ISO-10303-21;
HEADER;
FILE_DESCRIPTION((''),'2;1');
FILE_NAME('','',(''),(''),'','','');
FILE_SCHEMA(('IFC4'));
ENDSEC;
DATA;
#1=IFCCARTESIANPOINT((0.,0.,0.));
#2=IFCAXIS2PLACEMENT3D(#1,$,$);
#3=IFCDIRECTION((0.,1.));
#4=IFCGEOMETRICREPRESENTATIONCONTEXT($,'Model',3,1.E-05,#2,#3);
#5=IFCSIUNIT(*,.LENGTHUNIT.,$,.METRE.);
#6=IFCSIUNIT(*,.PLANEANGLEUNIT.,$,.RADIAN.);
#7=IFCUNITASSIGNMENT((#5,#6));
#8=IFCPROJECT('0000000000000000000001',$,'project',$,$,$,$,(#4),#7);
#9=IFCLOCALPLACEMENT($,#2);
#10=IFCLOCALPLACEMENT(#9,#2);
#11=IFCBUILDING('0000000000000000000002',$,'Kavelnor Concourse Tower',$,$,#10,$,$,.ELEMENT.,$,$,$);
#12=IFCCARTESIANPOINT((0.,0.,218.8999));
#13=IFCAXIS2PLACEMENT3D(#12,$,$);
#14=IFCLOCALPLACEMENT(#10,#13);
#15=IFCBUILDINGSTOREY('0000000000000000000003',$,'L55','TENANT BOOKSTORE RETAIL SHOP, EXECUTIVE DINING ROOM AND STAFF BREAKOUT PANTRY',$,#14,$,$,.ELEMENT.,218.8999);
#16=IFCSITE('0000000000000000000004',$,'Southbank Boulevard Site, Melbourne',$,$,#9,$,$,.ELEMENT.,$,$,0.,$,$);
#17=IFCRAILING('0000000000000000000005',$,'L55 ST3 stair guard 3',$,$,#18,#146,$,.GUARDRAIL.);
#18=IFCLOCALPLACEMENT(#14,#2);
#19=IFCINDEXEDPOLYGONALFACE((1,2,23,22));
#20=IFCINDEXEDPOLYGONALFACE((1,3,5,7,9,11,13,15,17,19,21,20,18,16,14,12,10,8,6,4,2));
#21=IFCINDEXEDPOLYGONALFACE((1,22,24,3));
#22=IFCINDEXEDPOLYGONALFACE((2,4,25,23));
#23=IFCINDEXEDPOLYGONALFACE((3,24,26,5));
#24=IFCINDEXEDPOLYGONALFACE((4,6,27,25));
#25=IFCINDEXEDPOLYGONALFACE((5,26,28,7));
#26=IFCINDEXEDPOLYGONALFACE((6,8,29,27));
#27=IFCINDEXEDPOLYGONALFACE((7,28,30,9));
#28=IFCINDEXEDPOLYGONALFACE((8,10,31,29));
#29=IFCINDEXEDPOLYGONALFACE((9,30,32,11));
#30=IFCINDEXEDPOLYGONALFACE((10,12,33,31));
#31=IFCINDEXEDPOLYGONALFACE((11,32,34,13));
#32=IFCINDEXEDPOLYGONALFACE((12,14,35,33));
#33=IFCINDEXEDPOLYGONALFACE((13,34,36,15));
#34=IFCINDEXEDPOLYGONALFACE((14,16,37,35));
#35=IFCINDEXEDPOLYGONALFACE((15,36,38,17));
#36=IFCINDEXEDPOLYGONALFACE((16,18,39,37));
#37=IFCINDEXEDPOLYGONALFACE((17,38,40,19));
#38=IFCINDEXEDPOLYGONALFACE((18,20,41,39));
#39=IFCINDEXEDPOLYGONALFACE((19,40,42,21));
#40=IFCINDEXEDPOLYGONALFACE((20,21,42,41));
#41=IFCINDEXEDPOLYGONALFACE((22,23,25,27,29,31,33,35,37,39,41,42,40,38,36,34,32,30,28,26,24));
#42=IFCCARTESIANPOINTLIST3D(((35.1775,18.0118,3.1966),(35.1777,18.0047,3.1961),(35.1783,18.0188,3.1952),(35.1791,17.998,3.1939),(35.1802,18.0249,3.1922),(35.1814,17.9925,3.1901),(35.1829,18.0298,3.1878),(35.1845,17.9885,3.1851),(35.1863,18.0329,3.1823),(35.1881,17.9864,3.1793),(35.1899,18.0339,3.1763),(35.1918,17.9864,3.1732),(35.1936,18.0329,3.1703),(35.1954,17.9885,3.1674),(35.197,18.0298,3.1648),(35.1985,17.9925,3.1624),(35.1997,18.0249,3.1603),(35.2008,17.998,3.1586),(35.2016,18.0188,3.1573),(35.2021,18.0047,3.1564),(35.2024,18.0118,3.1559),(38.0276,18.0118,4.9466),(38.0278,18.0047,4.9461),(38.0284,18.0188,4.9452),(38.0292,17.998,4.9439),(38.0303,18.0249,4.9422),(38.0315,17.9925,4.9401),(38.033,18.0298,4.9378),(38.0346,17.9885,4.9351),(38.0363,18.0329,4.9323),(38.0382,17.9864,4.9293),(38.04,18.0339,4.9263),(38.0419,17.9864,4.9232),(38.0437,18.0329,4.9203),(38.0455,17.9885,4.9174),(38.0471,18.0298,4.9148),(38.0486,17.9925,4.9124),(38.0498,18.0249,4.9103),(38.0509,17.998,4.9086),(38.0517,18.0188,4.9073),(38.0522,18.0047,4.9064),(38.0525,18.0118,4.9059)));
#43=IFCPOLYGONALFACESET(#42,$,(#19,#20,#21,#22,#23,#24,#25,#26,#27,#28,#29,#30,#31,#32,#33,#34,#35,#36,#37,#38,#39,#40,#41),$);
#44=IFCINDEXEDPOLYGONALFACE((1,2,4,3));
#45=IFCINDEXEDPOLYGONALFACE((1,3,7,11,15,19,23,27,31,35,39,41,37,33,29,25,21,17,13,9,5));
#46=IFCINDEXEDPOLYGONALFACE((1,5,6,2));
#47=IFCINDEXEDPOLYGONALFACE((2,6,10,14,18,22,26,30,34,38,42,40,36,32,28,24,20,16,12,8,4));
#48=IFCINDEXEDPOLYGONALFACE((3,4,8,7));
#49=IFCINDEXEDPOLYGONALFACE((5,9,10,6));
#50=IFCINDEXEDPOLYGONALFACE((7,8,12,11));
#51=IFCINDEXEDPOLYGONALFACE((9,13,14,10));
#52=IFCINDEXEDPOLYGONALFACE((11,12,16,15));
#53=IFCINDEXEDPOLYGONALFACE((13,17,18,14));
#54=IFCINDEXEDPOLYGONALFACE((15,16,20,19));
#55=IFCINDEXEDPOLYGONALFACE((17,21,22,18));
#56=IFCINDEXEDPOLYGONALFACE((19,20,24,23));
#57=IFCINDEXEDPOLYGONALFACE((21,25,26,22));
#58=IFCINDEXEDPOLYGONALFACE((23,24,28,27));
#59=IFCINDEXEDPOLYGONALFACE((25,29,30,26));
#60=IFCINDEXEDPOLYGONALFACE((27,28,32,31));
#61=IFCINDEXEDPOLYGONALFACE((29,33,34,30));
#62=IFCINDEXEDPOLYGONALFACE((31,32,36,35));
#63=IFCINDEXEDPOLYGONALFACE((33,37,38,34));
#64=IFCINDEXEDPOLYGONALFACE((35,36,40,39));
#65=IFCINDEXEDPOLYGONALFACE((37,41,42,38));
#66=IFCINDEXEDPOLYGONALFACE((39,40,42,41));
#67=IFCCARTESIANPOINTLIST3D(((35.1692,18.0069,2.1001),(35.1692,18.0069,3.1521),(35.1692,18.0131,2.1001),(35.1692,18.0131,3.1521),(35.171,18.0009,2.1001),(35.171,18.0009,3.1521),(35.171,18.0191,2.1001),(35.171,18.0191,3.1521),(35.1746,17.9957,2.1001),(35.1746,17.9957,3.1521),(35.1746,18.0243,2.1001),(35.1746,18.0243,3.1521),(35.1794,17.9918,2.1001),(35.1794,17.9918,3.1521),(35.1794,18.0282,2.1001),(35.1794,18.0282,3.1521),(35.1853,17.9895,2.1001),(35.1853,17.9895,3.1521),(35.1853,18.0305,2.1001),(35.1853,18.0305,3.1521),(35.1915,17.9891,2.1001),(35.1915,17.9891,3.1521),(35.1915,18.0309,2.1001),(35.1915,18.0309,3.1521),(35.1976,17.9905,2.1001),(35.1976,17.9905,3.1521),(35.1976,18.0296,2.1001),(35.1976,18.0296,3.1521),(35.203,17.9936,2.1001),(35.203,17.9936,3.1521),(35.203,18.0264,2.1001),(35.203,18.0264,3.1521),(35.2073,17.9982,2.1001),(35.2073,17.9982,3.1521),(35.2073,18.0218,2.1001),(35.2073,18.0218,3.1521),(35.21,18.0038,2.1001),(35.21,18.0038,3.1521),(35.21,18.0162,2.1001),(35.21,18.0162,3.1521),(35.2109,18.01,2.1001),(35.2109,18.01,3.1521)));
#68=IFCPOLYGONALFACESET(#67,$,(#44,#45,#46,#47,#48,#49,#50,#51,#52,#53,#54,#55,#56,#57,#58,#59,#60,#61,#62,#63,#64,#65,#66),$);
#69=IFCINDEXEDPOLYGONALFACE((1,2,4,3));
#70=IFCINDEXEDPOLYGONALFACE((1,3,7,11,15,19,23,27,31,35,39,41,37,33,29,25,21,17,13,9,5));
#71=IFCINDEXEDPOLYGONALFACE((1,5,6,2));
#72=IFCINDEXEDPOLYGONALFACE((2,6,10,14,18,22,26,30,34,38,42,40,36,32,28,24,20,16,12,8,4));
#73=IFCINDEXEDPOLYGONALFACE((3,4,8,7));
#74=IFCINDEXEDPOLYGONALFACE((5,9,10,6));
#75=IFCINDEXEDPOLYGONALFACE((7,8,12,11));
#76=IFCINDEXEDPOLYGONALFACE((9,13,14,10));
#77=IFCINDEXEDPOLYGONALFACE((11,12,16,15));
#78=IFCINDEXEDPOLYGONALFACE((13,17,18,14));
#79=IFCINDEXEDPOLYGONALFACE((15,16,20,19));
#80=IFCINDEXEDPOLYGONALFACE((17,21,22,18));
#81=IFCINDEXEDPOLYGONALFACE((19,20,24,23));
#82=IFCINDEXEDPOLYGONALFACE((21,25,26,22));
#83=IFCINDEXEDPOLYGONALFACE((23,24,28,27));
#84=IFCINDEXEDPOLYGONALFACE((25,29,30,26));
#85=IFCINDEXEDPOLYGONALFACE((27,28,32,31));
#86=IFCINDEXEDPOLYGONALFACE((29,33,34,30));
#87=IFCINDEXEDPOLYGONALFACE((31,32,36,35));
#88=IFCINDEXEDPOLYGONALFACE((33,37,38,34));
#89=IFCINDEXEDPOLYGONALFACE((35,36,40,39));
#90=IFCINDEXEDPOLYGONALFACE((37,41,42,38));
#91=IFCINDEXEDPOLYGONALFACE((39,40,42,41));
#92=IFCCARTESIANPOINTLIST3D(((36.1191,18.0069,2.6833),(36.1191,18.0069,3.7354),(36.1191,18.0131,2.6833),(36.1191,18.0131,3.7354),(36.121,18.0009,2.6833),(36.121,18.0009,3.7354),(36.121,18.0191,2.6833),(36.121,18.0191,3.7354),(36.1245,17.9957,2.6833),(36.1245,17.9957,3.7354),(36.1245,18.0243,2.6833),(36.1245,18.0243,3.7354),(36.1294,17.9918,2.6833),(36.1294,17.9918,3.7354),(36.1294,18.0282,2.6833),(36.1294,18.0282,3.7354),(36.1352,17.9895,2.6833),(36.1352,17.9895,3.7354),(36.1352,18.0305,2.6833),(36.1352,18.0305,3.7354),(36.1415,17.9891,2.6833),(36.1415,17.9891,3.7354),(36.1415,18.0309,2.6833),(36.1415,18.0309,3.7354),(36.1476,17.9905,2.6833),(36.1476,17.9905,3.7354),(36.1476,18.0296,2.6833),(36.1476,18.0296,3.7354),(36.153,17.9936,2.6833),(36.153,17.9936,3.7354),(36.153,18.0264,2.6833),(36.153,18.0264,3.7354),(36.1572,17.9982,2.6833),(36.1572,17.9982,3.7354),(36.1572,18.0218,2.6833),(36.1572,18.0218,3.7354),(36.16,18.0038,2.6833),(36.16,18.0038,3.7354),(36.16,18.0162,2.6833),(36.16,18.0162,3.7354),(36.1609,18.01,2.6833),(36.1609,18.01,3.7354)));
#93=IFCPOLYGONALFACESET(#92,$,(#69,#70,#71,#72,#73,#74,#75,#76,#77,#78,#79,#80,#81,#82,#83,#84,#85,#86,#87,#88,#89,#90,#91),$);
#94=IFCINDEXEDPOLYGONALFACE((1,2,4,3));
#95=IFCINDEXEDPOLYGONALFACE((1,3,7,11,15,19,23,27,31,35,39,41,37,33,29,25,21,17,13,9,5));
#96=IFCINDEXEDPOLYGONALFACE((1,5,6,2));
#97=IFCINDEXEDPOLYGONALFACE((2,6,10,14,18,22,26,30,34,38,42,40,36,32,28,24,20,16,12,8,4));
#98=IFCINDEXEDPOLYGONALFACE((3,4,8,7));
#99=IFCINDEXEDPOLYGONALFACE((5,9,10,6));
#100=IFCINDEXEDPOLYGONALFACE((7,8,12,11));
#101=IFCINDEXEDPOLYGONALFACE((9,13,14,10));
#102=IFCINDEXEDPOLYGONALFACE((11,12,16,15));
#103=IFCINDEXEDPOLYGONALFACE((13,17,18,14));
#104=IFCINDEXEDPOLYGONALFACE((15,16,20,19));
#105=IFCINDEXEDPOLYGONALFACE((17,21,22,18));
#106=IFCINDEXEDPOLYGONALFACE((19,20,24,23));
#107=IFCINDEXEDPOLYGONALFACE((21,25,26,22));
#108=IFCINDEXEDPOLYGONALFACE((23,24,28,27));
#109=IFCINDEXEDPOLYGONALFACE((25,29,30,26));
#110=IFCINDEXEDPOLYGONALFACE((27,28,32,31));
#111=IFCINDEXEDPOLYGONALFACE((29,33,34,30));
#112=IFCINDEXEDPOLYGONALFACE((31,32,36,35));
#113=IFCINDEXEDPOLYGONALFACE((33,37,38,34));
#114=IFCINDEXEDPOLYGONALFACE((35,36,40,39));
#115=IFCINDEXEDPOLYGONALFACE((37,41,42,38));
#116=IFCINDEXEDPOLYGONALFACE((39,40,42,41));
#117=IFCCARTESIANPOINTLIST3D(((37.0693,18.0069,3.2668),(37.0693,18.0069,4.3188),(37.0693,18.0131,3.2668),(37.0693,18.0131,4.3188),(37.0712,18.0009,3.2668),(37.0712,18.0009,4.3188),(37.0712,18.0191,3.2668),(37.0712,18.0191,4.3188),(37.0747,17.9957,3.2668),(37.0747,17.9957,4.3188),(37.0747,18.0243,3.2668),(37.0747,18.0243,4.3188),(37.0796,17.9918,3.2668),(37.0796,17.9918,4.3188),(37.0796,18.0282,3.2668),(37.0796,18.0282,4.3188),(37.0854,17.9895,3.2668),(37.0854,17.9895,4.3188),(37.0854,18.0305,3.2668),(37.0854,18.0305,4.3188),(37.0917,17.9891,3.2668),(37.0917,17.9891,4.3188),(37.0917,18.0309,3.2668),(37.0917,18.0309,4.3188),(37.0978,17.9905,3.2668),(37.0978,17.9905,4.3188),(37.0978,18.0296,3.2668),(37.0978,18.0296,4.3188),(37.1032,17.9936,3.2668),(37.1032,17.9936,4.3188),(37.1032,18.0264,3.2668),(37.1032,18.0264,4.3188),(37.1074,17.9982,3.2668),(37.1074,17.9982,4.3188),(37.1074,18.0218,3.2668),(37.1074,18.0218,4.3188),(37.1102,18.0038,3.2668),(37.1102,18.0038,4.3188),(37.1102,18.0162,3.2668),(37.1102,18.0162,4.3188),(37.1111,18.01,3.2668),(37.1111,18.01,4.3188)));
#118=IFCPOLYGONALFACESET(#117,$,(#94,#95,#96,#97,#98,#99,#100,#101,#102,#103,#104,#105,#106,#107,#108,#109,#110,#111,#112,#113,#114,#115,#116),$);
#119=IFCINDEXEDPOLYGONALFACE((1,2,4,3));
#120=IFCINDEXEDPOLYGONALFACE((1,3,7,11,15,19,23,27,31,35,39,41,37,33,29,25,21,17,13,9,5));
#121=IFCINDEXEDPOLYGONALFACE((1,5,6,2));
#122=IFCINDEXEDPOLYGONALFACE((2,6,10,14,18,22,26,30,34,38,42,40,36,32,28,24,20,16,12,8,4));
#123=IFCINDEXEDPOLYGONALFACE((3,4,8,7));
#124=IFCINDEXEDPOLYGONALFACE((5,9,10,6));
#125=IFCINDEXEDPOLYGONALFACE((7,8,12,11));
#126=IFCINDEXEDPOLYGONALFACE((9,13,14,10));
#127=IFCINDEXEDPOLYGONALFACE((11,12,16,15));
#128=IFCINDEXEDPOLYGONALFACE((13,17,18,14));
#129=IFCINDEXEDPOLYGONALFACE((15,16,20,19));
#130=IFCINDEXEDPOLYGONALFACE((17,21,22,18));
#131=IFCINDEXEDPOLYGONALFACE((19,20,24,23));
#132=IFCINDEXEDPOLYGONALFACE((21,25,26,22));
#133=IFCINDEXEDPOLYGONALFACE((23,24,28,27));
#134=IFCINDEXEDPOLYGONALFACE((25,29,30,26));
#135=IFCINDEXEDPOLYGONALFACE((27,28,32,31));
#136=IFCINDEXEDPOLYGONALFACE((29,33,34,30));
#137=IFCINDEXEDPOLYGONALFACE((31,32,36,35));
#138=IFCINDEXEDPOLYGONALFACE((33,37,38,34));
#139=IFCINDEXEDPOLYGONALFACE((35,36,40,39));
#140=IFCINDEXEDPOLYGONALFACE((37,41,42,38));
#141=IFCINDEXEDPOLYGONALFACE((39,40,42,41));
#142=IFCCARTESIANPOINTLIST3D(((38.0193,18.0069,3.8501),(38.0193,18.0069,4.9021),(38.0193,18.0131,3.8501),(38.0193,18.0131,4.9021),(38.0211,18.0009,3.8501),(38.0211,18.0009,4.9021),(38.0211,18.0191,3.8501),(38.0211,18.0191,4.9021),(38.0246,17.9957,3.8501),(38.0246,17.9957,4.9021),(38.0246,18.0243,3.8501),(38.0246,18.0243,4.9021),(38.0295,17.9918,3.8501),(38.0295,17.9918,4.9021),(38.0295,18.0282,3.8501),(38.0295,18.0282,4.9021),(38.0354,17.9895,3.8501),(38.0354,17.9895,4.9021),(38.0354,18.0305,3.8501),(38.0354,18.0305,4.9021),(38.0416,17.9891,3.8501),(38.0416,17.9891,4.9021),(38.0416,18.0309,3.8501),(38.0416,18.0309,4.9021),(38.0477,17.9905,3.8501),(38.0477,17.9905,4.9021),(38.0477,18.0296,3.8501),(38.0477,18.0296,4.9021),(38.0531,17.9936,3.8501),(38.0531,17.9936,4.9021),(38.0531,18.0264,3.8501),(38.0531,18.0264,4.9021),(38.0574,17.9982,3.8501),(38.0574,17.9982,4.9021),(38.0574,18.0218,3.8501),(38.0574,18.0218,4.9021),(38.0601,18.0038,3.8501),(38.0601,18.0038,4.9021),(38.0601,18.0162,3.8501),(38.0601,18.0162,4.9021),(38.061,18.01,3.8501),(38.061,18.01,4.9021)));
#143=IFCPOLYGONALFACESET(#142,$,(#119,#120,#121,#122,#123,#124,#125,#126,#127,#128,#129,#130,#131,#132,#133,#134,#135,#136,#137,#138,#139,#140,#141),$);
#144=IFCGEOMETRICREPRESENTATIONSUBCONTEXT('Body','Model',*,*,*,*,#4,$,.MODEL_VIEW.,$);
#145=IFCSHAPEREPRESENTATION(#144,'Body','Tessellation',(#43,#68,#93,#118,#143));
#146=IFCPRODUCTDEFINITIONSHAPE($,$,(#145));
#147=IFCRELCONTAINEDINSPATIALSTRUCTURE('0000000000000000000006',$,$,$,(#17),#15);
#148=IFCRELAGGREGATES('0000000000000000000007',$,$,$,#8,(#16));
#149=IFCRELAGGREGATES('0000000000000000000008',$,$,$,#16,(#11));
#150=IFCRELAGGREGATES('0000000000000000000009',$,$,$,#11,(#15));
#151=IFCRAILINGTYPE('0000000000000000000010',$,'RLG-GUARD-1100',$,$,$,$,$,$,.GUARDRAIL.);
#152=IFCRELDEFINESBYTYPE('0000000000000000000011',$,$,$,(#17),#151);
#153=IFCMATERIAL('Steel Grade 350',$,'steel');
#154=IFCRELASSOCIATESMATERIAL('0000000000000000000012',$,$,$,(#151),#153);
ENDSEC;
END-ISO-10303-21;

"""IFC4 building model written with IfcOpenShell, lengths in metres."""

from ifc_helpers import new_model, si_unit, direction, frame, origin, origin_2d, place, context, subcontext, project, spatial, circle, extrude, material, type_object, element, save


model = new_model("IFC4")

# Units and contexts
model_context = context("Model", 3, precision=1e-05, world=origin(), true_north=direction((0.0, 1.0)))
body_context = subcontext(model_context, "Body", "Model", "MODEL_VIEW")
ifc_project = project(units=[si_unit("LENGTHUNIT", "METRE"), si_unit("PLANEANGLEUNIT", "RADIAN")], contexts=[model_context])

# Site, building, storey
site_placement = place(None, origin())
site = spatial("IfcSite", under=ifc_project, at=site_placement, Name="Southbank Boulevard Site, Melbourne", CompositionType="ELEMENT", RefElevation=0.0)
building_placement = place(site_placement, origin())
building = spatial("IfcBuilding", under=site, at=building_placement, Name="Kavelnor Concourse Tower", CompositionType="ELEMENT")
storey_placement = place(building_placement, frame((0.0, 0.0, 218.8999)))
storey = spatial("IfcBuildingStorey", under=building, at=storey_placement, Name="L55", Description="TENANT BOOKSTORE RETAIL SHOP, EXECUTIVE DINING ROOM AND STAFF BREAKOUT PANTRY", CompositionType="ELEMENT", Elevation=218.8999)

# Shared definitions
ifc_material_1 = material(Name="Steel Grade 350", Category="steel")

# Railing
railing_type_1 = type_object("IfcRailingType", Name="RLG-GUARD-1100", PredefinedType="GUARDRAIL", material=ifc_material_1)
railing_1_placement = place(storey_placement, frame((35.1899, 18.01, 2.1001)))
element("IfcRailing", 1, at=railing_1_placement, inside=storey, type_object=railing_type_1, Name="L55 ST3 stair guard 3", PredefinedType="GUARDRAIL", context=body_context, shape_type="SweptSolid", body=[
    extrude(circle(Radius=0.0239, at=origin_2d()), frame((0.0, 0.0, 1.0762), z_axis=(0.852179, 0.0, 0.52325), x_axis=(0.0, 1.0, 0.0)), (0.0, 0.0, 1.0), 3.3445),
    extrude(circle(Radius=0.021, at=origin_2d()), origin(), (0.0, 0.0, 1.0), 1.052),
    extrude(circle(Radius=0.021, at=origin_2d()), frame((0.95, 0.0, 0.5833)), (0.0, 0.0, 1.0), 1.052),
    extrude(circle(Radius=0.021, at=origin_2d()), frame((1.9001, 0.0, 1.1667)), (0.0, 0.0, 1.0), 1.052),
    extrude(circle(Radius=0.021, at=origin_2d()), frame((2.8501, 0.0, 1.75)), (0.0, 0.0, 1.0), 1.052),
])

save(model, "model.ifc")
